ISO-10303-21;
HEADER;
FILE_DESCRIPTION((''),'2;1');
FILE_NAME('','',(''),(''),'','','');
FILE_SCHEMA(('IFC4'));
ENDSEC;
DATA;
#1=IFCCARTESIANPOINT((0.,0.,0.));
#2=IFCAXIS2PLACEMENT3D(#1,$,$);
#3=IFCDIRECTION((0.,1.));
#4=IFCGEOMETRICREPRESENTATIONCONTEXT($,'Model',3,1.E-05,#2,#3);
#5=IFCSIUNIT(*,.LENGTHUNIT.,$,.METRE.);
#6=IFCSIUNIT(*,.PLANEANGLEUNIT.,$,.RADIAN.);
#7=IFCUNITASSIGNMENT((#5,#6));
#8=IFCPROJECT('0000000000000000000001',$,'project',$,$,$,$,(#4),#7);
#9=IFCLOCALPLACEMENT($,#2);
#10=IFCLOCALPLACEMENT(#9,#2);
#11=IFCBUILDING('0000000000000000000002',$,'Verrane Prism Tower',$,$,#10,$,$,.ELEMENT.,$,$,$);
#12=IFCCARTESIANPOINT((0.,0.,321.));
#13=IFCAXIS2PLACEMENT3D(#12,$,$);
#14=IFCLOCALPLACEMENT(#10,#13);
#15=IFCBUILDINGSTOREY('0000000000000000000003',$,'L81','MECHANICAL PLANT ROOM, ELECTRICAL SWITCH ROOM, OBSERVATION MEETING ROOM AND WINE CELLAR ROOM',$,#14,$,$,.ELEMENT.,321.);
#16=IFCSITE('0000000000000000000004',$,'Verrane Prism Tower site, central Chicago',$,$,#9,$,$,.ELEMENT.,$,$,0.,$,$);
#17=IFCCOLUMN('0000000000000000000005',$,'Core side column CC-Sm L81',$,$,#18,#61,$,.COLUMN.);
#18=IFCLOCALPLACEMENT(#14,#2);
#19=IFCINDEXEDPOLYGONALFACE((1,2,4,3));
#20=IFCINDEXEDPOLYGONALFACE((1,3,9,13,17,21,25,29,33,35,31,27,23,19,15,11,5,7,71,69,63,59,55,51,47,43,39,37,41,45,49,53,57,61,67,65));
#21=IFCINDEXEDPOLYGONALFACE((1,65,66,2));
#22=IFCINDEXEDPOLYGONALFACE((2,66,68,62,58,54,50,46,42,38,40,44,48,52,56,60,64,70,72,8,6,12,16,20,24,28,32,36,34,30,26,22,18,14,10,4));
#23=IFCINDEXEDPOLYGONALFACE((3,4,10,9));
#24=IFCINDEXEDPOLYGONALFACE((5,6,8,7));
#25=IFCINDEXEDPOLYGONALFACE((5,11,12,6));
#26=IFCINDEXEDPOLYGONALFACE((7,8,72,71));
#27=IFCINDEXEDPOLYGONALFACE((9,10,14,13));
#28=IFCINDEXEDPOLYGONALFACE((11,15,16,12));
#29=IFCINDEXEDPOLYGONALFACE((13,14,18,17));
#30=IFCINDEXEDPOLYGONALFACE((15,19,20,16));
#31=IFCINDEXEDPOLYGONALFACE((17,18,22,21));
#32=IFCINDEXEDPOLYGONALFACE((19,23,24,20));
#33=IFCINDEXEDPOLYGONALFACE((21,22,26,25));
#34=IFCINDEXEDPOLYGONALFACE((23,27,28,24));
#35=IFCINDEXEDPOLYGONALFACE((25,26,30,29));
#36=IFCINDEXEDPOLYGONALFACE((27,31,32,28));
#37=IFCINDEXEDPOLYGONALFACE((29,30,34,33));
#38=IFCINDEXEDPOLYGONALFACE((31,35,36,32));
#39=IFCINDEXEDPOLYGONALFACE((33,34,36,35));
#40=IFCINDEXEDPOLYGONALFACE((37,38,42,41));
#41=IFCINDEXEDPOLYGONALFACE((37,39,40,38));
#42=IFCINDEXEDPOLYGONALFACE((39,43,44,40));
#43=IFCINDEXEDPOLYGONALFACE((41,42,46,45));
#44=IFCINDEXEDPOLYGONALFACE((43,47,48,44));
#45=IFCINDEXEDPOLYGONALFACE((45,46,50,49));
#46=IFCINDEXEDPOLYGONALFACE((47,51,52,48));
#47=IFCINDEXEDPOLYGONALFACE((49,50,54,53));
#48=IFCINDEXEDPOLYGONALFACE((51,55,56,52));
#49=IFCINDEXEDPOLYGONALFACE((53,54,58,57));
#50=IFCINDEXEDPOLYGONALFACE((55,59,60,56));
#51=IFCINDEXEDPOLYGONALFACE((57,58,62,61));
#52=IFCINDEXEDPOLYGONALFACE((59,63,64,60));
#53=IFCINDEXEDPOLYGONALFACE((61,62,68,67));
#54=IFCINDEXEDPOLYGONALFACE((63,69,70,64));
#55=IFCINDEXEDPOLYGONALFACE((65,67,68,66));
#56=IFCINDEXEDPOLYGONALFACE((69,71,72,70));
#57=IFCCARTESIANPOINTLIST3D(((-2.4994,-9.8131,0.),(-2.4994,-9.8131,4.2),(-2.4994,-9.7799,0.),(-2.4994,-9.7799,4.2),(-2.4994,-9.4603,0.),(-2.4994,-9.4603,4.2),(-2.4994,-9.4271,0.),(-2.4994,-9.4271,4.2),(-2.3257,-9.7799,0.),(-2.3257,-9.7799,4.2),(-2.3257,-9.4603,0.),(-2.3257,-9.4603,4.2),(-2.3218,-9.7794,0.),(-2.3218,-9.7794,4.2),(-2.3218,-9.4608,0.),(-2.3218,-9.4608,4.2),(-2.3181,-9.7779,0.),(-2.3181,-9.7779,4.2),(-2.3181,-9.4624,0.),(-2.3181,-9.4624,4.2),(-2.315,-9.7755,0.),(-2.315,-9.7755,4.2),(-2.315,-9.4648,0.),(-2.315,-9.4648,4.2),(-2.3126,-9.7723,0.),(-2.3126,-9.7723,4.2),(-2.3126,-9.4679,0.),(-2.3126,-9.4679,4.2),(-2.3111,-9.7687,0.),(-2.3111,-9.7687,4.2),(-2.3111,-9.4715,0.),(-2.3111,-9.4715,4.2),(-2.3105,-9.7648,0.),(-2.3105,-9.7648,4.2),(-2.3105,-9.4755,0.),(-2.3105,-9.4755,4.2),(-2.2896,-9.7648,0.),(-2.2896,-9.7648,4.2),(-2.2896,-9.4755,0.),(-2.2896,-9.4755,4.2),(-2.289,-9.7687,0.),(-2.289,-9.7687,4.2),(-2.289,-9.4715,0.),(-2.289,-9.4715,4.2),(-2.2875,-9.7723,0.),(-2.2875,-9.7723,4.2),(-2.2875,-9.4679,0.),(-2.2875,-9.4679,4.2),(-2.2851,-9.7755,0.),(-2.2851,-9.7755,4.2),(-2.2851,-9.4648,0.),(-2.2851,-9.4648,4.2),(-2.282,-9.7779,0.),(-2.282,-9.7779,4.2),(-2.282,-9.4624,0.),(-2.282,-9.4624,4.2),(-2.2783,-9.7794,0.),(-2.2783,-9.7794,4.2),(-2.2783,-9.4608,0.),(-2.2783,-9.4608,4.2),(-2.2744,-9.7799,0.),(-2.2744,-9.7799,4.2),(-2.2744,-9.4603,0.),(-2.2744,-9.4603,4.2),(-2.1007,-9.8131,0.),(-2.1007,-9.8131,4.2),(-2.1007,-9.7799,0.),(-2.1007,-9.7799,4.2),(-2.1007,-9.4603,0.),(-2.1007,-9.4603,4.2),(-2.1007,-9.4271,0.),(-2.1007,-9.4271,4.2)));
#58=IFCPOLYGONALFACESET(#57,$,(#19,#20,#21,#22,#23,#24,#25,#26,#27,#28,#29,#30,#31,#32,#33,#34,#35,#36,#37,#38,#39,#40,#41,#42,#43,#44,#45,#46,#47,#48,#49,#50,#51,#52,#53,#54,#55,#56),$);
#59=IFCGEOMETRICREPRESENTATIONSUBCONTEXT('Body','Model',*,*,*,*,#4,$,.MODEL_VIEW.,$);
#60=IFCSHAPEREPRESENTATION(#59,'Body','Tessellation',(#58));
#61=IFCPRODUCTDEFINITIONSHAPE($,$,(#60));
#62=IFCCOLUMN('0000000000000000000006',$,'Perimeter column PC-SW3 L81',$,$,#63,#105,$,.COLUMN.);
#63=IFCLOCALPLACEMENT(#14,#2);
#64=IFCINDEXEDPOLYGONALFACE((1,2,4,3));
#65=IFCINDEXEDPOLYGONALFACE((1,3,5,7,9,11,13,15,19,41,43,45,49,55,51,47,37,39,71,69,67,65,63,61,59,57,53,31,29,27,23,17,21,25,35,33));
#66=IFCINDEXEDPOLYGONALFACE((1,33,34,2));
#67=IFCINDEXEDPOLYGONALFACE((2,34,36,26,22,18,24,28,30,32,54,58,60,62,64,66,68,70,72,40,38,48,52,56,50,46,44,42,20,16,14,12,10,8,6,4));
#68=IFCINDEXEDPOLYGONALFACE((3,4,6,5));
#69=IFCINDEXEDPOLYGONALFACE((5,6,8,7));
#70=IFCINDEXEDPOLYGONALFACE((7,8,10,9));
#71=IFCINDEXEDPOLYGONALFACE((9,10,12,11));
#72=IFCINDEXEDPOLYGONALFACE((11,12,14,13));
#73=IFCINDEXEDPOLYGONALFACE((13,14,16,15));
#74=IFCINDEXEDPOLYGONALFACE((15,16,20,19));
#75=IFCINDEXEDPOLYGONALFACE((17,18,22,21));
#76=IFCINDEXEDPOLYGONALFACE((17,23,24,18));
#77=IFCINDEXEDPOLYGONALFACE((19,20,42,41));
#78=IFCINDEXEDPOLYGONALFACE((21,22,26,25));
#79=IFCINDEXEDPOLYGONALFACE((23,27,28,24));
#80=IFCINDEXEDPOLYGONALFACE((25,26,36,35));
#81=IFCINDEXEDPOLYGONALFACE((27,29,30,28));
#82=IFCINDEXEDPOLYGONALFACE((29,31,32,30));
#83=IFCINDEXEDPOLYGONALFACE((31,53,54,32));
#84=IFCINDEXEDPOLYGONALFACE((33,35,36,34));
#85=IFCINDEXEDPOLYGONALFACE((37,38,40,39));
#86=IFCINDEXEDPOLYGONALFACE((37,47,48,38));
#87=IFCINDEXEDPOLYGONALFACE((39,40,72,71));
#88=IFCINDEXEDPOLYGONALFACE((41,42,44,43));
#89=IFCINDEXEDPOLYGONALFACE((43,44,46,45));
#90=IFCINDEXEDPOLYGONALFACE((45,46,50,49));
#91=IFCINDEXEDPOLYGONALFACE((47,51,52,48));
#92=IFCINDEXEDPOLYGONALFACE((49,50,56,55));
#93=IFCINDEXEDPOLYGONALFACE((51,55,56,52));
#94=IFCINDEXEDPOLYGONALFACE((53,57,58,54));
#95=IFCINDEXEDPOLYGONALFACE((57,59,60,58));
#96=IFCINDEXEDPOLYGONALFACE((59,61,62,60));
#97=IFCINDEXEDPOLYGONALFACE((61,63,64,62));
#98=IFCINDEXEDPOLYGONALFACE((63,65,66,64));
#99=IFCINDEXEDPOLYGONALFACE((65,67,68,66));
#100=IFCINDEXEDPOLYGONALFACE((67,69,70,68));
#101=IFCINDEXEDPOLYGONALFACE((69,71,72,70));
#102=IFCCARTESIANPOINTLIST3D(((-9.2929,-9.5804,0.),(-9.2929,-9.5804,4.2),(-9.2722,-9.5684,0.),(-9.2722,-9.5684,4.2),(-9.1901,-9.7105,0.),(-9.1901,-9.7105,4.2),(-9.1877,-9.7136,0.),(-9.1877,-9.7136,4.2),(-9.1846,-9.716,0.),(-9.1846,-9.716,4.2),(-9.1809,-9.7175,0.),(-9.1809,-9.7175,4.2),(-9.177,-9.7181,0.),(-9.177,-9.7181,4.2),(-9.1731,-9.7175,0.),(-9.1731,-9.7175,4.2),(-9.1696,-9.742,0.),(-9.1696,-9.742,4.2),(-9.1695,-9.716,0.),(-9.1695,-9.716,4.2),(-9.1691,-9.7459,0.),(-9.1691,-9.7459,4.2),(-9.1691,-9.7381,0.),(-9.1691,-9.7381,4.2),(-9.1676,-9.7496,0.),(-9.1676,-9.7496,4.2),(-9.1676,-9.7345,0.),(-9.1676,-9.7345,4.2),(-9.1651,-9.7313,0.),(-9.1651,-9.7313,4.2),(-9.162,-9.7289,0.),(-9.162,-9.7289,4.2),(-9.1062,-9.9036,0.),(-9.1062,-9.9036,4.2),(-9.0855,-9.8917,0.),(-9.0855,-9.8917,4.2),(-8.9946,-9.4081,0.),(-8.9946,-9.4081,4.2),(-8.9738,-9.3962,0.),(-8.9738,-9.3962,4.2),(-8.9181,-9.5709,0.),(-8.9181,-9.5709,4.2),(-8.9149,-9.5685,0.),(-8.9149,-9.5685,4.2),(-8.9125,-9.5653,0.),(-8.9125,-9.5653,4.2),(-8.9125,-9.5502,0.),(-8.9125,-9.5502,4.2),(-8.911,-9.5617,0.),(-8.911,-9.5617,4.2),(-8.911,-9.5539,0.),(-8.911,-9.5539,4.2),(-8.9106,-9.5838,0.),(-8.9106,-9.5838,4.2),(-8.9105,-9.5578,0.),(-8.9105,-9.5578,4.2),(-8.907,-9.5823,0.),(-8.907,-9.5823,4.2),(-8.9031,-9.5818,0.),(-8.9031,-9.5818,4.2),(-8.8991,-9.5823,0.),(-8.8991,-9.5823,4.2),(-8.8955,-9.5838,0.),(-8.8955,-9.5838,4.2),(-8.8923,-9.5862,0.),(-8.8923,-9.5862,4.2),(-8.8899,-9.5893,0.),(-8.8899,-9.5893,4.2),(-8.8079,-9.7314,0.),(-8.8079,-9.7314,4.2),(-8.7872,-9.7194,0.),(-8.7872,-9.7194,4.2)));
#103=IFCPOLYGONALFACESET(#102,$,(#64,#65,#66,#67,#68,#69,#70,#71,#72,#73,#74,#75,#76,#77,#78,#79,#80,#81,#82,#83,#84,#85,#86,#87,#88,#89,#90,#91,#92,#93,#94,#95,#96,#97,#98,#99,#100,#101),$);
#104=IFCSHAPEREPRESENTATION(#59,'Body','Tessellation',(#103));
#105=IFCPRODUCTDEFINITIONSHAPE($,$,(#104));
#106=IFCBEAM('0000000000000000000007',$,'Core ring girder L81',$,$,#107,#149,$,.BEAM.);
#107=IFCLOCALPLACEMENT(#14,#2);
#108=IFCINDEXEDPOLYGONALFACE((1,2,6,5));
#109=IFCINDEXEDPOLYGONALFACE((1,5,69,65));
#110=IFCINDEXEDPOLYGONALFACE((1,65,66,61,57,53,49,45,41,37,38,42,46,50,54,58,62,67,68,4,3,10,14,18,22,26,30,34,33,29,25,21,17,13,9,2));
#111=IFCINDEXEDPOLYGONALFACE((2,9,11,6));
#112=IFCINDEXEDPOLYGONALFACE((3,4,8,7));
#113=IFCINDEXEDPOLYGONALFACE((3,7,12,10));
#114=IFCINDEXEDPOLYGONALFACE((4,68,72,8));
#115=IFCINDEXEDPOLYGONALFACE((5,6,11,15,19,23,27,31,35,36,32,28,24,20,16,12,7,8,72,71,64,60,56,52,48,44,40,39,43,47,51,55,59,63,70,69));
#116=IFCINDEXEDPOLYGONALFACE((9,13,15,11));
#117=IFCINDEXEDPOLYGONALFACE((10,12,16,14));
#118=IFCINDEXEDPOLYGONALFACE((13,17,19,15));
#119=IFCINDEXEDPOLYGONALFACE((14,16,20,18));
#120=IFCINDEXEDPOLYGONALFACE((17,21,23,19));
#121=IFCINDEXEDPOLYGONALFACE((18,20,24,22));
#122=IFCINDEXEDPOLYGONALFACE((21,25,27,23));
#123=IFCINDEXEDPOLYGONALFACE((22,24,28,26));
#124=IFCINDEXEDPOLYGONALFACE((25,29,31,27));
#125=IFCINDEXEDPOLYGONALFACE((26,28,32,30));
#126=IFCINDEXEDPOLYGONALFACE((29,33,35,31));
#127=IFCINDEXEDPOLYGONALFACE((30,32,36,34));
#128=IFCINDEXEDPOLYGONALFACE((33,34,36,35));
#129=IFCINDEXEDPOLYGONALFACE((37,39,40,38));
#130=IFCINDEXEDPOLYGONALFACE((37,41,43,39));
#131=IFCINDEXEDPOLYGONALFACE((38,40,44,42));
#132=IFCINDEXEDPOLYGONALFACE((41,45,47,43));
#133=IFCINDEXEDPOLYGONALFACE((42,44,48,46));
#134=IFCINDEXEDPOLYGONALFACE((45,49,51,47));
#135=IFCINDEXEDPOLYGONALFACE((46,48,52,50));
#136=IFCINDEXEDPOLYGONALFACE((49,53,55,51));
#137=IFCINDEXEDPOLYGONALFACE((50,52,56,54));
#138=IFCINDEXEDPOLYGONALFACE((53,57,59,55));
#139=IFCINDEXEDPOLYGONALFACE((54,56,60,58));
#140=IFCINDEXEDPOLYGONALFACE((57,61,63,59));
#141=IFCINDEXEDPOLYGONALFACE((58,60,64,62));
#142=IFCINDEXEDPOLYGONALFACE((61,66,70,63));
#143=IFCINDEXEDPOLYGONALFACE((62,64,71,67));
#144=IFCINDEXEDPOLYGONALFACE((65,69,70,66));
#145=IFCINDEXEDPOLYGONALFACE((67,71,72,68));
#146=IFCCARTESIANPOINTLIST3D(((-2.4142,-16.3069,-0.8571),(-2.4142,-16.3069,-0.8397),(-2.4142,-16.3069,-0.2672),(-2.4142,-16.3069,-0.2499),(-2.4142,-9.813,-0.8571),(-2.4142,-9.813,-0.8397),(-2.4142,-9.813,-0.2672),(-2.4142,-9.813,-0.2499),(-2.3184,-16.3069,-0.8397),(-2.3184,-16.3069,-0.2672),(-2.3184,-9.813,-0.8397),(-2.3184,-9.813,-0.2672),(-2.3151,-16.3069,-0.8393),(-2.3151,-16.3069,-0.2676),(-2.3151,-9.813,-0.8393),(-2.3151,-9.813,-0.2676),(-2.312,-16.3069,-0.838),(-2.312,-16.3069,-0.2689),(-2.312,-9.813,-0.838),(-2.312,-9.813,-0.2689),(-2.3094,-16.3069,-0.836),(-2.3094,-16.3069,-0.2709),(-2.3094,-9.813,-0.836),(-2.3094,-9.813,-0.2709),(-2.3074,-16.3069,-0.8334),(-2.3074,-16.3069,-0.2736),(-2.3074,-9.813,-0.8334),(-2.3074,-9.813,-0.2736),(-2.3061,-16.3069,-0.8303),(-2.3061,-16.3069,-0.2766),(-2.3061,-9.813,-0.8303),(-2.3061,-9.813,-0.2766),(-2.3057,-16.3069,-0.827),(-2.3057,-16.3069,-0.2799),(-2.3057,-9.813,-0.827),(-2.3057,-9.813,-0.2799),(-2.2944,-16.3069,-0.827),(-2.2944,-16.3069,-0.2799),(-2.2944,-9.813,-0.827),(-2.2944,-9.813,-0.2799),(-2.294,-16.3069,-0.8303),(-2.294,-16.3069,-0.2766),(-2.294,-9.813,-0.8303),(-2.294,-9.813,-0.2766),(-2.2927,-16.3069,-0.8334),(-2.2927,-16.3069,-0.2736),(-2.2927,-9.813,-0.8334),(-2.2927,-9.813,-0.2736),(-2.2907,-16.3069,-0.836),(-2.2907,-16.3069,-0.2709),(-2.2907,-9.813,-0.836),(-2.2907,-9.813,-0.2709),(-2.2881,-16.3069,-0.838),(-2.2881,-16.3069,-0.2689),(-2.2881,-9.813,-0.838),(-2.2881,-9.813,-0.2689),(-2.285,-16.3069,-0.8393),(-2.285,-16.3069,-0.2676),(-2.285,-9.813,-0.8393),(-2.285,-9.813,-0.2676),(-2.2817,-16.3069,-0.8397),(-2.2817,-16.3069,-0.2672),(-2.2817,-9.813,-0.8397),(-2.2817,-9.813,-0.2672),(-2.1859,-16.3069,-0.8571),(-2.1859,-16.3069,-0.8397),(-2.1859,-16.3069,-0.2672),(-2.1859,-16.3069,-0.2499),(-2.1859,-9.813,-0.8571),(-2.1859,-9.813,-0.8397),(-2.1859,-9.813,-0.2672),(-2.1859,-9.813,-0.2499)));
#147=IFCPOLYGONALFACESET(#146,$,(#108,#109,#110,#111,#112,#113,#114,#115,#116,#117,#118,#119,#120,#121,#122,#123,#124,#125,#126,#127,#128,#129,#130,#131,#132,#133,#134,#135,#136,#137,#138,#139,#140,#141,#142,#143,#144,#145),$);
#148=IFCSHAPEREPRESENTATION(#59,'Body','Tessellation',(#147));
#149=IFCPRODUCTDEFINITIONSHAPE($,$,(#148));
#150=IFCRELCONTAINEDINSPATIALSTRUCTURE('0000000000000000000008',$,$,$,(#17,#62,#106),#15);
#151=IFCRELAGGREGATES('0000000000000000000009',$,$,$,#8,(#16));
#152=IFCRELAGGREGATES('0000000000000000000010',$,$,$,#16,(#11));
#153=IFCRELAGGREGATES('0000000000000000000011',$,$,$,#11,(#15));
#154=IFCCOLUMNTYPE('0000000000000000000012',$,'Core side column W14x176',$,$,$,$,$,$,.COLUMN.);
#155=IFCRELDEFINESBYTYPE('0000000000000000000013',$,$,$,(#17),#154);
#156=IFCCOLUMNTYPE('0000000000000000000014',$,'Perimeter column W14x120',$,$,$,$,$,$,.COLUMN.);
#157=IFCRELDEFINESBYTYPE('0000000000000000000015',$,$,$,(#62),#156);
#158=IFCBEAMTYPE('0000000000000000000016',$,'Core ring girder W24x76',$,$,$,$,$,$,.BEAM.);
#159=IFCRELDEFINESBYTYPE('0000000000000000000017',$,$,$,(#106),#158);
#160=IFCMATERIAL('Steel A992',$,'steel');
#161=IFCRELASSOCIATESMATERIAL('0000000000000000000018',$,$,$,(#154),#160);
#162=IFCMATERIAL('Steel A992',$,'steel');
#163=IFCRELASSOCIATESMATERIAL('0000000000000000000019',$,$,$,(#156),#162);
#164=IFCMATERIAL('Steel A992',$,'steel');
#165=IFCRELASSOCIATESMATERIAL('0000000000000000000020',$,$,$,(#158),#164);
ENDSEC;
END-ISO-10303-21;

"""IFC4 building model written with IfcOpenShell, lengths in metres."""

from ifc_helpers import new_model, si_unit, direction, frame, origin, origin_2d, place, context, subcontext, project, spatial, i_section, extrude, material, material_profile, profile_set, type_object, element, save


model = new_model("IFC4")

# Units and contexts
model_context = context("Model", 3, precision=1e-05, world=origin(), true_north=direction((0.0, 1.0)))
body_context = subcontext(model_context, "Body", "Model", "MODEL_VIEW")
ifc_project = project(units=[si_unit("LENGTHUNIT", "METRE"), si_unit("PLANEANGLEUNIT", "RADIAN")], contexts=[model_context])

# Site, building, storey
site_placement = place(None, origin())
site = spatial("IfcSite", under=ifc_project, at=site_placement, Name="Verrane Prism Tower site, central Chicago", CompositionType="ELEMENT", RefElevation=0.0)
building_placement = place(site_placement, origin())
building = spatial("IfcBuilding", under=site, at=building_placement, Name="Verrane Prism Tower", CompositionType="ELEMENT")
storey_placement = place(building_placement, frame((0.0, 0.0, 321.0)))
storey = spatial("IfcBuildingStorey", under=building, at=storey_placement, Name="L81", Description="MECHANICAL PLANT ROOM, ELECTRICAL SWITCH ROOM, OBSERVATION MEETING ROOM AND WINE CELLAR ROOM", CompositionType="ELEMENT", Elevation=321.0)

# Columns
ifc_material_1 = material(Name="Steel A992", Category="steel")
ifc_material_profile_1 = material_profile(ifc_material_1, i_section(OverallWidth=0.3987, OverallDepth=0.386, WebThickness=0.021, FlangeThickness=0.0332, FilletRadius=0.0151, at=origin_2d()), Name="W14x176")
ifc_profile_set_1 = profile_set([ifc_material_profile_1], Name="Steel A992")
column_type_1 = type_object("IfcColumnType", Name="Core side column W14x176", PredefinedType="COLUMN", material=ifc_profile_set_1)
column_1_placement = place(storey_placement, frame((-2.3, -9.6201, 0.0), z_axis=(0.0, 0.0, 1.0), x_axis=(1.0, 0.0, 0.0)))
element("IfcColumn", 1, at=column_1_placement, inside=storey, type_object=column_type_1, Name="Core side column CC-Sm L81", PredefinedType="COLUMN", context=body_context, shape_type="SweptSolid", body=[
    extrude(i_section(OverallWidth=0.3987, OverallDepth=0.386, WebThickness=0.021, FlangeThickness=0.0332, FilletRadius=0.0151, at=origin_2d()), origin(), (0.0, 0.0, 1.0), 4.2),
])
ifc_material_2 = material(Name="Steel A992", Category="steel")
ifc_material_profile_2 = material_profile(ifc_material_2, i_section(OverallWidth=0.3733, OverallDepth=0.3684, WebThickness=0.0149, FlangeThickness=0.0239, FilletRadius=0.0151, at=origin_2d()), Name="W14x120")
ifc_profile_set_2 = profile_set([ifc_material_profile_2], Name="Steel A992")
column_type_2 = type_object("IfcColumnType", Name="Perimeter column W14x120", PredefinedType="COLUMN", material=ifc_profile_set_2)
column_2_placement = place(storey_placement, frame((-9.04, -9.6499, 0.0), z_axis=(0.0, 0.0, 1.0), x_axis=(-0.5, 0.866025, 0.0)))
element("IfcColumn", 2, at=column_2_placement, inside=storey, type_object=column_type_2, Name="Perimeter column PC-SW3 L81", PredefinedType="COLUMN", context=body_context, shape_type="SweptSolid", body=[
    extrude(i_section(OverallWidth=0.3733, OverallDepth=0.3684, WebThickness=0.0149, FlangeThickness=0.0239, FilletRadius=0.0151, at=origin_2d()), origin(), (0.0, 0.0, 1.0), 4.2),
])

# Beam
ifc_material_3 = material(Name="Steel A992", Category="steel")
ifc_material_profile_3 = material_profile(ifc_material_3, i_section(OverallWidth=0.2283, OverallDepth=0.6072, WebThickness=0.0112, FlangeThickness=0.0173, FilletRadius=0.0127, at=origin_2d()), Name="W24x76")
ifc_profile_set_3 = profile_set([ifc_material_profile_3], Name="Steel A992")
beam_type_1 = type_object("IfcBeamType", Name="Core ring girder W24x76", PredefinedType="BEAM", material=ifc_profile_set_3)
beam_1_placement = place(storey_placement, frame((-2.3, -9.813, -0.5535), z_axis=(0.0, -1.0, 0.0), x_axis=(1.0, 0.0, 0.0)))
element("IfcBeam", 3, at=beam_1_placement, inside=storey, type_object=beam_type_1, Name="Core ring girder L81", PredefinedType="BEAM", context=body_context, shape_type="SweptSolid", body=[
    extrude(i_section(OverallWidth=0.2283, OverallDepth=0.6072, WebThickness=0.0112, FlangeThickness=0.0173, FilletRadius=0.0127, at=origin_2d()), origin(), (0.0, 0.0, 1.0), 6.4939),
])

save(model, "model.ifc")
